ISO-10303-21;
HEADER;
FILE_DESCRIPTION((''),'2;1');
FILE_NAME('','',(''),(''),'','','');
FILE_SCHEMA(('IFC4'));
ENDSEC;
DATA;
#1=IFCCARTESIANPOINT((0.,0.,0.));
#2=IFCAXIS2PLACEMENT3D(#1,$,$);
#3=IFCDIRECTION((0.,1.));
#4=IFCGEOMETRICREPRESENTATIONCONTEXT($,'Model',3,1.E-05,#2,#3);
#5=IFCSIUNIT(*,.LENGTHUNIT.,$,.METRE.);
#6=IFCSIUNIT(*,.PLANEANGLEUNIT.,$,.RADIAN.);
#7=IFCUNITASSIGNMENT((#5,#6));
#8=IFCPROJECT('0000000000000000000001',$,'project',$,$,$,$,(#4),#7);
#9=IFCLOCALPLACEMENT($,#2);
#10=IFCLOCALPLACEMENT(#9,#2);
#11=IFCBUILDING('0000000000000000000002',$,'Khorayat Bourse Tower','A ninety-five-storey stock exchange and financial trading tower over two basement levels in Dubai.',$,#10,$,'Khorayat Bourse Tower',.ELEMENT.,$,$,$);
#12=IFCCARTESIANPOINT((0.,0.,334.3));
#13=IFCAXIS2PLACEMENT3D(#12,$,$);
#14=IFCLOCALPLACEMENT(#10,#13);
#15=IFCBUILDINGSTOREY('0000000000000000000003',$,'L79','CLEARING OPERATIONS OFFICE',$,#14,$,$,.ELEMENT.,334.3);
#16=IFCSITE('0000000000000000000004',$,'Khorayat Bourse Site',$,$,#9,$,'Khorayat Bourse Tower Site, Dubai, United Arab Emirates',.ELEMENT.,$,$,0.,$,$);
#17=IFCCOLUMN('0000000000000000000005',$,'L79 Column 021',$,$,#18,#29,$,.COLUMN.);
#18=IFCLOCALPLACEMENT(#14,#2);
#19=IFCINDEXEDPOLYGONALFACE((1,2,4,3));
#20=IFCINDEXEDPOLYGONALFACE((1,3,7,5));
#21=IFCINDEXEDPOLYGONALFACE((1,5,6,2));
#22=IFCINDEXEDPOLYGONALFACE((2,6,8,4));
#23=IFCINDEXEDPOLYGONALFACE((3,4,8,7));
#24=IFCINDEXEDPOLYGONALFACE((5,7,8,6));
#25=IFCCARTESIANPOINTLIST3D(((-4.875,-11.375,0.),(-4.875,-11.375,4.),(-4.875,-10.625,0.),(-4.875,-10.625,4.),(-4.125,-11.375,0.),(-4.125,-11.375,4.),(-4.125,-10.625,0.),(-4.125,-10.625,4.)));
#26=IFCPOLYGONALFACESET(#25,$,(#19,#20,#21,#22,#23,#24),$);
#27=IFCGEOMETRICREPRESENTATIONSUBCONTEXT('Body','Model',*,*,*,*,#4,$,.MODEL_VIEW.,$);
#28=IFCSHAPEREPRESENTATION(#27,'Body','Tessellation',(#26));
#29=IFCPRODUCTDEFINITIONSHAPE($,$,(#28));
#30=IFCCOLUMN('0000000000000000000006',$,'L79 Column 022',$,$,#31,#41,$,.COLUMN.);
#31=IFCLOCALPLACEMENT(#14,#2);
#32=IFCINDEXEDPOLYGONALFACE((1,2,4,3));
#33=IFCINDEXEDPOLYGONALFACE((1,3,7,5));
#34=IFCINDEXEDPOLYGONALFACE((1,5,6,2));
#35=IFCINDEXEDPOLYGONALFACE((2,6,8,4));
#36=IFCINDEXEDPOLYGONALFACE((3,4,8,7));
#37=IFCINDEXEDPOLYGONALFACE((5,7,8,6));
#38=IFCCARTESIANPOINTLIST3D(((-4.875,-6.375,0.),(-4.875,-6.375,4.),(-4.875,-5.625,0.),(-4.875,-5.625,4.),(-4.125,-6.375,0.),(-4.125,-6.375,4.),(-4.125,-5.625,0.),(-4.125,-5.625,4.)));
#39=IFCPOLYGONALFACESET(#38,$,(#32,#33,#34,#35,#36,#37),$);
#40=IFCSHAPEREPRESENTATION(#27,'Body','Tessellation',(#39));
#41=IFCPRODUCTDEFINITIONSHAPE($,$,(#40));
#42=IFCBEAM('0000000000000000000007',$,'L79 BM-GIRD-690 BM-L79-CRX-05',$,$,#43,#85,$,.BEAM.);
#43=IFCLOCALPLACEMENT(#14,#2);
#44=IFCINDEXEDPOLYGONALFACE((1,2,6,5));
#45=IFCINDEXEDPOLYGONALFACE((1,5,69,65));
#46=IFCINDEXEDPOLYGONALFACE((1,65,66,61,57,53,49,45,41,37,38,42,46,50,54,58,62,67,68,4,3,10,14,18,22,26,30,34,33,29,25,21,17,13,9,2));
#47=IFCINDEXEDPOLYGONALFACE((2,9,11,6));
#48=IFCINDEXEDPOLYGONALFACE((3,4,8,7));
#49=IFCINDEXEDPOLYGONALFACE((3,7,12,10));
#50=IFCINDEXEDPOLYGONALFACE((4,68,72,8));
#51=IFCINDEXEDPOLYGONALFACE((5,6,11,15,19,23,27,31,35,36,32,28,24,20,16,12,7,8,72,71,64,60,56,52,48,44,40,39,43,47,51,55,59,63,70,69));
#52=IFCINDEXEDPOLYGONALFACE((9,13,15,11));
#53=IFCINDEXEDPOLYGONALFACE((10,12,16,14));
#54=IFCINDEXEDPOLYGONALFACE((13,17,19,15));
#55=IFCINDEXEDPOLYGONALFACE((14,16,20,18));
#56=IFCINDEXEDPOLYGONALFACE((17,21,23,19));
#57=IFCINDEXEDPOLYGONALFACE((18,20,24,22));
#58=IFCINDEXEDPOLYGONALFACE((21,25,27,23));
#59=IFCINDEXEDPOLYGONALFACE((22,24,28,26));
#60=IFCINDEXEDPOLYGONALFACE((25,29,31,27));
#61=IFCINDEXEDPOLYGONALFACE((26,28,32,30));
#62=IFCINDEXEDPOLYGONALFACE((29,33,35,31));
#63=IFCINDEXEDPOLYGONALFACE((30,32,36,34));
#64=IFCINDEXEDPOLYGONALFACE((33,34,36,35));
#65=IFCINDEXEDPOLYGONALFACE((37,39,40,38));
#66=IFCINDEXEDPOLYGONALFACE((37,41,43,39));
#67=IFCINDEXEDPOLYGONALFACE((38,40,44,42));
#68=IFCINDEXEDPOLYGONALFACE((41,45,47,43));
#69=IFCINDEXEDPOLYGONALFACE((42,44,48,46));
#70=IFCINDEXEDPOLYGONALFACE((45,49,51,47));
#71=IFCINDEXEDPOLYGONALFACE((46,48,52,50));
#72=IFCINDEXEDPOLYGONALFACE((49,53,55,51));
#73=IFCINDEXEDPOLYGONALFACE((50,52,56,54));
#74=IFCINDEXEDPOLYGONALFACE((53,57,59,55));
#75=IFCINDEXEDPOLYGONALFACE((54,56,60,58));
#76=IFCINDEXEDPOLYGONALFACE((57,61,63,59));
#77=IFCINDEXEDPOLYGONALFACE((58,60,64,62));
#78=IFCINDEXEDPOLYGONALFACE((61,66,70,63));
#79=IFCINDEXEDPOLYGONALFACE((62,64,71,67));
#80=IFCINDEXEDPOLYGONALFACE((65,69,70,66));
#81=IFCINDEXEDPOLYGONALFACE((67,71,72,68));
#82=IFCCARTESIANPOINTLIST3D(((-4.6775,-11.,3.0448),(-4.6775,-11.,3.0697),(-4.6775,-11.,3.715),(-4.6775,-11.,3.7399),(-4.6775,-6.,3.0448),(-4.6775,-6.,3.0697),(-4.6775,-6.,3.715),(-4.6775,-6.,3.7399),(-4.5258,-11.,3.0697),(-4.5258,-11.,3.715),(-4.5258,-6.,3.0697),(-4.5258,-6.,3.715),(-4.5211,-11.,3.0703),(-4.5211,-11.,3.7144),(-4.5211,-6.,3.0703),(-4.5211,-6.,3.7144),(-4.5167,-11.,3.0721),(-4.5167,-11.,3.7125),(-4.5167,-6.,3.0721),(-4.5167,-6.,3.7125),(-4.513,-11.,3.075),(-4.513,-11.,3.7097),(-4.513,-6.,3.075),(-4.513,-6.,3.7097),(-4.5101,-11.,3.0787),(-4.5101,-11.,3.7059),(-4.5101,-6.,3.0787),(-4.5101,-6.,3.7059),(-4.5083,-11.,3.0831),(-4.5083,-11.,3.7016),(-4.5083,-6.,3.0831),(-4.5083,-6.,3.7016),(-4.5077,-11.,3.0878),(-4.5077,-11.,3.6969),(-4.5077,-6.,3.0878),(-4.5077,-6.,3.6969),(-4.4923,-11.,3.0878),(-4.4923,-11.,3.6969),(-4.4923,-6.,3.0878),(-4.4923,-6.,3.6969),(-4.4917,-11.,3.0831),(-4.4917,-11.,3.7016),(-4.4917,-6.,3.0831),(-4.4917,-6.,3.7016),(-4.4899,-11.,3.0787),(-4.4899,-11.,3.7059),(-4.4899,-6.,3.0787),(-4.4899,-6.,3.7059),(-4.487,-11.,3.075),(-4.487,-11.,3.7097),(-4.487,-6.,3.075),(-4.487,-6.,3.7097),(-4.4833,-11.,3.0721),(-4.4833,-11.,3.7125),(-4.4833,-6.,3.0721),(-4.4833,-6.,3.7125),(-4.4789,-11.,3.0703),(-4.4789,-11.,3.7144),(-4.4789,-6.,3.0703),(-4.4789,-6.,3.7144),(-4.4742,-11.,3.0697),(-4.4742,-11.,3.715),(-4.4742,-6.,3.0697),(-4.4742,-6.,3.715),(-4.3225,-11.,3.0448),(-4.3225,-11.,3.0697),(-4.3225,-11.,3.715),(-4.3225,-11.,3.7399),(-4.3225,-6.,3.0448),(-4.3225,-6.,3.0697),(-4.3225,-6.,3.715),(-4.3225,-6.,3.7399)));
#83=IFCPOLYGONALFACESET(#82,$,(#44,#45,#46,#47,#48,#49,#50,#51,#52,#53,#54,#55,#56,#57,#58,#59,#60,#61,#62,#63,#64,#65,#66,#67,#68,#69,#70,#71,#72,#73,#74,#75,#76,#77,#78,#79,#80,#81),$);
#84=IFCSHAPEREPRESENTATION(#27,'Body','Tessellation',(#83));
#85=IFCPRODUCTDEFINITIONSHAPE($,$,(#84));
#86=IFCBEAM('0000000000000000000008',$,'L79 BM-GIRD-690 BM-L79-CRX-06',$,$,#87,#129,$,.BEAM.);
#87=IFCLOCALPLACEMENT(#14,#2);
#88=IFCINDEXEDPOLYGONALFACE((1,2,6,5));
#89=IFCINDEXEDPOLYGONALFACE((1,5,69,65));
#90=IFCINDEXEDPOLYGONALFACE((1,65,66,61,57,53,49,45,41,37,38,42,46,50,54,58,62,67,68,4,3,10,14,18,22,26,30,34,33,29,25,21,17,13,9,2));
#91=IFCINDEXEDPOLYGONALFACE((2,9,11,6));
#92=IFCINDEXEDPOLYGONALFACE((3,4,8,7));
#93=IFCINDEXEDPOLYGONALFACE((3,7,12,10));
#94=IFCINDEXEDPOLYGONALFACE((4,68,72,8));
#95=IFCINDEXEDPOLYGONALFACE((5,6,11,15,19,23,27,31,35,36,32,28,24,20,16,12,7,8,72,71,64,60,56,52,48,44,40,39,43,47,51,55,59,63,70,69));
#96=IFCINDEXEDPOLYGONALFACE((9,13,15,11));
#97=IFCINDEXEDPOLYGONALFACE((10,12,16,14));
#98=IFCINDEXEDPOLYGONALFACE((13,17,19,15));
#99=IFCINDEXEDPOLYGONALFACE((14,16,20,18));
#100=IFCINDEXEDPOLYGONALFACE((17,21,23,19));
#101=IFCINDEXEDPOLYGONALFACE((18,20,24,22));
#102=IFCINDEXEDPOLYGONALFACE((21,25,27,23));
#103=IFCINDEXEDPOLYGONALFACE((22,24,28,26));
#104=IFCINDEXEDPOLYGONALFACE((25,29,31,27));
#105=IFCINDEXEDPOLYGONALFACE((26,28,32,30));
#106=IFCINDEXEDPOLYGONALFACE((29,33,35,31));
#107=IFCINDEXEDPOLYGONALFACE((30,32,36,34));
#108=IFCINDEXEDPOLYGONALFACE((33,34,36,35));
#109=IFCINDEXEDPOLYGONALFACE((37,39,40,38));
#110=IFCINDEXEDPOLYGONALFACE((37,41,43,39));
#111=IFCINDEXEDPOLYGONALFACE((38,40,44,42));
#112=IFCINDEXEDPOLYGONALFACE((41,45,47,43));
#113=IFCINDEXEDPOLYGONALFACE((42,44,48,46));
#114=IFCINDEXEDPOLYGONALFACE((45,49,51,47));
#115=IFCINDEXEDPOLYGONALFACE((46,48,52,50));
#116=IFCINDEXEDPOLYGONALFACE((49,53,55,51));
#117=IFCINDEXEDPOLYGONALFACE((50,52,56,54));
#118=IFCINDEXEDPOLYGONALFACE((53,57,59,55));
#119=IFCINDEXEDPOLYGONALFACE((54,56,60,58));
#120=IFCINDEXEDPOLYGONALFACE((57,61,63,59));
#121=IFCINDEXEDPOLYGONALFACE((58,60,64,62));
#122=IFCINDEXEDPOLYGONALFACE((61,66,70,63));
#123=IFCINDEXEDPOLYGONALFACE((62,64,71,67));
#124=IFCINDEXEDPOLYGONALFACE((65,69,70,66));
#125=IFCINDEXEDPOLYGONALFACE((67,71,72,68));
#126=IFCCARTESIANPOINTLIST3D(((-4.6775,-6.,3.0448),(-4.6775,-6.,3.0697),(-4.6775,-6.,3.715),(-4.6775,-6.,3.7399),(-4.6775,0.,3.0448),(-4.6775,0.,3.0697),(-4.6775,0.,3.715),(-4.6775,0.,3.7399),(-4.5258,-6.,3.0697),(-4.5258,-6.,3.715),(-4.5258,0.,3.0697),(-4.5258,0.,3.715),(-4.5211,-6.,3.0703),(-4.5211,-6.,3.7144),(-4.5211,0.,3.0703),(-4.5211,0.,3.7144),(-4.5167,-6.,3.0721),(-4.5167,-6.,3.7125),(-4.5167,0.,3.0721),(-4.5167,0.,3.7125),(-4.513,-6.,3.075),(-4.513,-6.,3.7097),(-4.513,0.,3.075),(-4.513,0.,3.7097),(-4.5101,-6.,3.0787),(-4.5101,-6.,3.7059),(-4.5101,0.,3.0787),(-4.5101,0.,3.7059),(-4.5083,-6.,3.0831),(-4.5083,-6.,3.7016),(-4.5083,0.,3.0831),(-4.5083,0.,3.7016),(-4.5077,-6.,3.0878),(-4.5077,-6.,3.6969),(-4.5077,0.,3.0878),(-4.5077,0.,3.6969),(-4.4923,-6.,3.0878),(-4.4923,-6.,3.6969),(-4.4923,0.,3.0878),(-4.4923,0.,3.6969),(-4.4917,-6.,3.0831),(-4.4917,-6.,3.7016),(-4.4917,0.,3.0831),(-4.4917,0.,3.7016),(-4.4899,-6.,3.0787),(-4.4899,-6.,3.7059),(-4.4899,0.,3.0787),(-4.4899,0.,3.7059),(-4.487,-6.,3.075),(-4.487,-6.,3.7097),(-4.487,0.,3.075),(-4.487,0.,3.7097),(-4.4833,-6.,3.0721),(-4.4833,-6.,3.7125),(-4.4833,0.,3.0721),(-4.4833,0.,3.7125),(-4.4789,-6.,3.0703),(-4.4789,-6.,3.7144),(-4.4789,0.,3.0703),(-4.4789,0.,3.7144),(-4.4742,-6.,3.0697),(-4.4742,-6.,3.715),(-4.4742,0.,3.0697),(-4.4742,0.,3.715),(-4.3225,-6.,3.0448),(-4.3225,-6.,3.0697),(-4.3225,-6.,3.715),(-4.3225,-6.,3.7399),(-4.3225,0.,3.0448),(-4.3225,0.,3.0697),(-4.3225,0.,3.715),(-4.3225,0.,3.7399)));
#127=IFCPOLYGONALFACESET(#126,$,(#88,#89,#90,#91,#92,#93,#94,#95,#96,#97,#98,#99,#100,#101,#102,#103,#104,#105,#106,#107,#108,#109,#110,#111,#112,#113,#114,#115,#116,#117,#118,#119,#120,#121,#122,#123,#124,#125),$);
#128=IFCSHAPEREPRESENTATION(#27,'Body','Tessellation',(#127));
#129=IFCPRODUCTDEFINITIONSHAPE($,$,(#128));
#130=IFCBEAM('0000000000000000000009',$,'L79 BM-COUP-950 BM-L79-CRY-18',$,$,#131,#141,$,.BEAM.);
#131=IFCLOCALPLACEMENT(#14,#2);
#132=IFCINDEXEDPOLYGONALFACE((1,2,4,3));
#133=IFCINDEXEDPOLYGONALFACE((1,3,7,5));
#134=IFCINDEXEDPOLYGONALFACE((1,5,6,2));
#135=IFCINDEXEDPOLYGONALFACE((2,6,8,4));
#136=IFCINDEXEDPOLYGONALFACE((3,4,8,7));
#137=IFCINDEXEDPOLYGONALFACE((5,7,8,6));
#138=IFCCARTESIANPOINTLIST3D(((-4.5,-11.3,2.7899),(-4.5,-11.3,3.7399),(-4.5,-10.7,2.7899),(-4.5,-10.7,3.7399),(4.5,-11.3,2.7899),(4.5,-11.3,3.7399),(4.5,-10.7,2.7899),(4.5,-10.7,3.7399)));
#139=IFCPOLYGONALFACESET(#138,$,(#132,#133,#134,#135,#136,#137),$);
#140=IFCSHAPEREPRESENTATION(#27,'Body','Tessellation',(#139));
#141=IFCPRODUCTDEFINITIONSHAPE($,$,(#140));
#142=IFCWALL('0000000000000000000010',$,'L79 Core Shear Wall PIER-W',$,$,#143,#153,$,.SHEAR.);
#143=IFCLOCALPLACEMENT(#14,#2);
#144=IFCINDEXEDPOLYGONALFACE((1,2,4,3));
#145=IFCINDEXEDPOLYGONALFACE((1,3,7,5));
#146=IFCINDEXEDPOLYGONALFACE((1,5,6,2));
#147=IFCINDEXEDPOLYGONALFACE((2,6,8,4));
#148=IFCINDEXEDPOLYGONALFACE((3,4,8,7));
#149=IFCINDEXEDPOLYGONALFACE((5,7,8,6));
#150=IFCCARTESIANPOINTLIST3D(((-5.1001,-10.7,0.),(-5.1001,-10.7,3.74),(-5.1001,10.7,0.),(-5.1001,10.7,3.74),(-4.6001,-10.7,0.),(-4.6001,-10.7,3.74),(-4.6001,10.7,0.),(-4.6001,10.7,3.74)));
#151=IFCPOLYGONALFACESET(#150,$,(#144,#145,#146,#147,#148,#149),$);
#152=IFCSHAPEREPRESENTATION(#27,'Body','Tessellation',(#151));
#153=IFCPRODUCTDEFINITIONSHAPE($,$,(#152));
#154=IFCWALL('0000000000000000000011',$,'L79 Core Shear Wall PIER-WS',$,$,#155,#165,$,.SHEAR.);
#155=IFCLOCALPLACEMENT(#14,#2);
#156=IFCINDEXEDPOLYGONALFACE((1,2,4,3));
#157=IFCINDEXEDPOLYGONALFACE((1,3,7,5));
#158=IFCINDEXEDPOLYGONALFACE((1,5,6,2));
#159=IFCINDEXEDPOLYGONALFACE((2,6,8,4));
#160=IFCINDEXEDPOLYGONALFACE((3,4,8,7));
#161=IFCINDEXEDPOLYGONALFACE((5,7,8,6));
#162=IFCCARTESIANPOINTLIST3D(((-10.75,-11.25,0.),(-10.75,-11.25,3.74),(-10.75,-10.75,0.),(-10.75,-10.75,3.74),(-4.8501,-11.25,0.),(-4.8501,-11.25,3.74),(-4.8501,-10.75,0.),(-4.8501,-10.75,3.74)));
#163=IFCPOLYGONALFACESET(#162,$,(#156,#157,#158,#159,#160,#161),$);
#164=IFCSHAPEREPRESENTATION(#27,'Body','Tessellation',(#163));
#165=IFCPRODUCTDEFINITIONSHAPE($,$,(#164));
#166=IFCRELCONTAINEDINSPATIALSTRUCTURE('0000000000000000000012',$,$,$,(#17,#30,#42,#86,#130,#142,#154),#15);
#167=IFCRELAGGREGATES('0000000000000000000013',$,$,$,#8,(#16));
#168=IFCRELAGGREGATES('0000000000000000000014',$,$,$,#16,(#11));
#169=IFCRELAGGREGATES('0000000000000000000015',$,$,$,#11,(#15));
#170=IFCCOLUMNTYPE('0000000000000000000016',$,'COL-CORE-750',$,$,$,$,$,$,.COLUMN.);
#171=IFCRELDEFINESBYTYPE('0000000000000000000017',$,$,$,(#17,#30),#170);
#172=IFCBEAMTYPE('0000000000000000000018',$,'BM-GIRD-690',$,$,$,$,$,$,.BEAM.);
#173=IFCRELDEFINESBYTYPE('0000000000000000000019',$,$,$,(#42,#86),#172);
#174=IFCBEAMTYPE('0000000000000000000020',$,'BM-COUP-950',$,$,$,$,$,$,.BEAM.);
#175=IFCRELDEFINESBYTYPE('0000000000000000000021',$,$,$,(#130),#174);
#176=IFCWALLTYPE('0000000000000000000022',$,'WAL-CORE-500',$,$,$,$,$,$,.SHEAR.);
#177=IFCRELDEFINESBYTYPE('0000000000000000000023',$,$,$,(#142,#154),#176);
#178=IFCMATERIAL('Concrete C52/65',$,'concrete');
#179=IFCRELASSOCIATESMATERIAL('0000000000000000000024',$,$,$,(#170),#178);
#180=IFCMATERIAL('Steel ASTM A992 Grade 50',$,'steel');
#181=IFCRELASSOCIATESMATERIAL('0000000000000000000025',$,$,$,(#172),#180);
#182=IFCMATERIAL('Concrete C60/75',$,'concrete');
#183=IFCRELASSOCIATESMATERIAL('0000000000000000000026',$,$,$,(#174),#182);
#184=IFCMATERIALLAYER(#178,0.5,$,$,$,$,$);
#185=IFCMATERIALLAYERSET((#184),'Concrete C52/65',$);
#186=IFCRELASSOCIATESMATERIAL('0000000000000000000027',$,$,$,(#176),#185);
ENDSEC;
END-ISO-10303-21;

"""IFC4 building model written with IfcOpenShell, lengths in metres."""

from ifc_helpers import new_model, si_unit, direction, frame, frame_2d, origin, origin_2d, place, context, subcontext, project, spatial, rectangle, i_section, extrude, source, transform, mapped, material, layer, layer_set, material_profile, profile_set, type_object, element, save


model = new_model("IFC4")

# Units and contexts
model_context = context("Model", 3, precision=1e-05, world=origin(), true_north=direction((0.0, 1.0)))
body_context = subcontext(model_context, "Body", "Model", "MODEL_VIEW")
ifc_project = project(units=[si_unit("LENGTHUNIT", "METRE"), si_unit("PLANEANGLEUNIT", "RADIAN")], contexts=[model_context])

# Site, building, storey
site_placement = place(None, origin())
site = spatial("IfcSite", under=ifc_project, at=site_placement, Name="Khorayat Bourse Site", LongName="Khorayat Bourse Tower Site, Dubai, United Arab Emirates", CompositionType="ELEMENT", RefElevation=0.0)
building_placement = place(site_placement, origin())
building = spatial("IfcBuilding", under=site, at=building_placement, Name="Khorayat Bourse Tower", Description="A ninety-five-storey stock exchange and financial trading tower over two basement levels in Dubai.", LongName="Khorayat Bourse Tower", CompositionType="ELEMENT")
storey_placement = place(building_placement, frame((0.0, 0.0, 334.3)))
storey = spatial("IfcBuildingStorey", under=building, at=storey_placement, Name="L79", Description="CLEARING OPERATIONS OFFICE", CompositionType="ELEMENT", Elevation=334.3)

# Columns
ifc_material_1 = material(Name="Concrete C52/65", Category="concrete")
ifc_material_profile_1 = material_profile(ifc_material_1, rectangle(XDim=0.75, YDim=0.75, at=origin_2d()), Name="RC 750x750")
ifc_profile_set_1 = profile_set([ifc_material_profile_1], Name="Concrete C52/65")
column_type = type_object("IfcColumnType", Name="COL-CORE-750", PredefinedType="COLUMN", material=ifc_profile_set_1)
shared_shape_1 = source(origin(), body_context, "Body", "SweptSolid", [
    extrude(rectangle(XDim=0.75, YDim=0.75, at=origin_2d()), origin(), (0.0, 0.0, 1.0), 4.0),
])
for number, where, z_axis, x_axis, name in (
    (1, (-4.5, -11.0, 0.0), (0.0, 0.0, 1.0), (1.0, 0.0, 0.0), "L79 Column 021"),
    (2, (-4.5, -6.0, 0.0), (0.0, 0.0, 1.0), (1.0, 0.0, 0.0), "L79 Column 022"),
):
    element("IfcColumn", number, at=place(storey_placement, frame(where, z_axis=z_axis, x_axis=x_axis)), inside=storey, type_object=column_type, Name=name, PredefinedType="COLUMN", context=body_context, shape_type="MappedRepresentation", body=[
        mapped(shared_shape_1, transform((0.0, 0.0, 0.0), scale=1.0)),
    ])

# Beams
ifc_material_2 = material(Name="Steel ASTM A992 Grade 50", Category="steel")
ifc_material_profile_2 = material_profile(ifc_material_2, i_section(OverallWidth=0.355, OverallDepth=0.6951, WebThickness=0.0154, FlangeThickness=0.0249, FilletRadius=0.0181, at=origin_2d()), Name="W690X217")
ifc_profile_set_2 = profile_set([ifc_material_profile_2], Name="Steel ASTM A992 Grade 50")
beam_type_1 = type_object("IfcBeamType", Name="BM-GIRD-690", PredefinedType="BEAM", material=ifc_profile_set_2)
shared_shape_2 = source(origin(), body_context, "Body", "SweptSolid", [
    extrude(i_section(OverallWidth=0.355, OverallDepth=0.6951, WebThickness=0.0154, FlangeThickness=0.0249, FilletRadius=0.0181, at=origin_2d()), origin(), (0.0, 0.0, 1.0), 5.0),
])
beam_1_placement = place(storey_placement, frame((-4.5, -11.0, 3.3923), z_axis=(0.0, 1.0, 0.0), x_axis=(-1.0, 0.0, 0.0)))
element("IfcBeam", 3, at=beam_1_placement, inside=storey, type_object=beam_type_1, Name="L79 BM-GIRD-690 BM-L79-CRX-05", PredefinedType="BEAM", context=body_context, shape_type="MappedRepresentation", body=[
    mapped(shared_shape_2, transform((0.0, 0.0, 0.0), scale=1.0)),
])
shared_shape_3 = source(origin(), body_context, "Body", "SweptSolid", [
    extrude(i_section(OverallWidth=0.355, OverallDepth=0.6951, WebThickness=0.0154, FlangeThickness=0.0249, FilletRadius=0.0181, at=origin_2d()), origin(), (0.0, 0.0, 1.0), 6.0),
])
beam_2_placement = place(storey_placement, frame((-4.5, -6.0, 3.3923), z_axis=(0.0, 1.0, 0.0), x_axis=(-1.0, 0.0, 0.0)))
element("IfcBeam", 4, at=beam_2_placement, inside=storey, type_object=beam_type_1, Name="L79 BM-GIRD-690 BM-L79-CRX-06", PredefinedType="BEAM", context=body_context, shape_type="MappedRepresentation", body=[
    mapped(shared_shape_3, transform((0.0, 0.0, 0.0), scale=1.0)),
])
ifc_material_3 = material(Name="Concrete C60/75", Category="concrete")
ifc_material_profile_3 = material_profile(ifc_material_3, rectangle(XDim=0.6001, YDim=0.95, at=origin_2d()), Name="RC 600x950")
ifc_profile_set_3 = profile_set([ifc_material_profile_3], Name="Concrete C60/75")
beam_type_2 = type_object("IfcBeamType", Name="BM-COUP-950", PredefinedType="BEAM", material=ifc_profile_set_3)
shared_shape_4 = source(origin(), body_context, "Body", "SweptSolid", [
    extrude(rectangle(XDim=0.6001, YDim=0.95, at=origin_2d()), origin(), (0.0, 0.0, 1.0), 9.0),
])
beam_3_placement = place(storey_placement, frame((-4.5, -11.0, 3.2649), z_axis=(1.0, 0.0, 0.0), x_axis=(0.0, 1.0, 0.0)))
element("IfcBeam", 5, at=beam_3_placement, inside=storey, type_object=beam_type_2, Name="L79 BM-COUP-950 BM-L79-CRY-18", PredefinedType="BEAM", context=body_context, shape_type="MappedRepresentation", body=[
    mapped(shared_shape_4, transform((0.0, 0.0, 0.0), scale=1.0)),
])

# Walls
ifc_layer_1 = layer(ifc_material_1, 0.5)
ifc_layer_set_1 = layer_set([ifc_layer_1], Name="Concrete C52/65")
wall_type_1 = type_object("IfcWallType", Name="WAL-CORE-500", PredefinedType="SHEAR", material=ifc_layer_set_1)
shared_shape_5 = source(origin(), body_context, "Body", "SweptSolid", [
    extrude(rectangle(XDim=21.3999, YDim=0.5, at=frame_2d((10.7, 0.0))), origin(), (0.0, 0.0, 1.0), 3.74),
])
wall_1_placement = place(storey_placement, frame((-4.8501, -10.7, 0.0), z_axis=(0.0, 0.0, 1.0), x_axis=(0.0, 1.0, 0.0)))
element("IfcWall", 6, at=wall_1_placement, inside=storey, type_object=wall_type_1, Name="L79 Core Shear Wall PIER-W", PredefinedType="SHEAR", context=body_context, shape_type="MappedRepresentation", body=[
    mapped(shared_shape_5, transform((0.0, 0.0, 0.0), scale=1.0)),
])
shared_shape_6 = source(origin(), body_context, "Body", "SweptSolid", [
    extrude(rectangle(XDim=5.8999, YDim=0.5, at=frame_2d((2.95, 0.0))), origin(), (0.0, 0.0, 1.0), 3.74),
])
wall_2_placement = place(storey_placement, frame((-10.75, -11.0, 0.0), z_axis=(0.0, 0.0, 1.0), x_axis=(1.0, 0.0, 0.0)))
element("IfcWall", 7, at=wall_2_placement, inside=storey, type_object=wall_type_1, Name="L79 Core Shear Wall PIER-WS", PredefinedType="SHEAR", context=body_context, shape_type="MappedRepresentation", body=[
    mapped(shared_shape_6, transform((0.0, 0.0, 0.0), scale=1.0)),
])

save(model, "model.ifc")
